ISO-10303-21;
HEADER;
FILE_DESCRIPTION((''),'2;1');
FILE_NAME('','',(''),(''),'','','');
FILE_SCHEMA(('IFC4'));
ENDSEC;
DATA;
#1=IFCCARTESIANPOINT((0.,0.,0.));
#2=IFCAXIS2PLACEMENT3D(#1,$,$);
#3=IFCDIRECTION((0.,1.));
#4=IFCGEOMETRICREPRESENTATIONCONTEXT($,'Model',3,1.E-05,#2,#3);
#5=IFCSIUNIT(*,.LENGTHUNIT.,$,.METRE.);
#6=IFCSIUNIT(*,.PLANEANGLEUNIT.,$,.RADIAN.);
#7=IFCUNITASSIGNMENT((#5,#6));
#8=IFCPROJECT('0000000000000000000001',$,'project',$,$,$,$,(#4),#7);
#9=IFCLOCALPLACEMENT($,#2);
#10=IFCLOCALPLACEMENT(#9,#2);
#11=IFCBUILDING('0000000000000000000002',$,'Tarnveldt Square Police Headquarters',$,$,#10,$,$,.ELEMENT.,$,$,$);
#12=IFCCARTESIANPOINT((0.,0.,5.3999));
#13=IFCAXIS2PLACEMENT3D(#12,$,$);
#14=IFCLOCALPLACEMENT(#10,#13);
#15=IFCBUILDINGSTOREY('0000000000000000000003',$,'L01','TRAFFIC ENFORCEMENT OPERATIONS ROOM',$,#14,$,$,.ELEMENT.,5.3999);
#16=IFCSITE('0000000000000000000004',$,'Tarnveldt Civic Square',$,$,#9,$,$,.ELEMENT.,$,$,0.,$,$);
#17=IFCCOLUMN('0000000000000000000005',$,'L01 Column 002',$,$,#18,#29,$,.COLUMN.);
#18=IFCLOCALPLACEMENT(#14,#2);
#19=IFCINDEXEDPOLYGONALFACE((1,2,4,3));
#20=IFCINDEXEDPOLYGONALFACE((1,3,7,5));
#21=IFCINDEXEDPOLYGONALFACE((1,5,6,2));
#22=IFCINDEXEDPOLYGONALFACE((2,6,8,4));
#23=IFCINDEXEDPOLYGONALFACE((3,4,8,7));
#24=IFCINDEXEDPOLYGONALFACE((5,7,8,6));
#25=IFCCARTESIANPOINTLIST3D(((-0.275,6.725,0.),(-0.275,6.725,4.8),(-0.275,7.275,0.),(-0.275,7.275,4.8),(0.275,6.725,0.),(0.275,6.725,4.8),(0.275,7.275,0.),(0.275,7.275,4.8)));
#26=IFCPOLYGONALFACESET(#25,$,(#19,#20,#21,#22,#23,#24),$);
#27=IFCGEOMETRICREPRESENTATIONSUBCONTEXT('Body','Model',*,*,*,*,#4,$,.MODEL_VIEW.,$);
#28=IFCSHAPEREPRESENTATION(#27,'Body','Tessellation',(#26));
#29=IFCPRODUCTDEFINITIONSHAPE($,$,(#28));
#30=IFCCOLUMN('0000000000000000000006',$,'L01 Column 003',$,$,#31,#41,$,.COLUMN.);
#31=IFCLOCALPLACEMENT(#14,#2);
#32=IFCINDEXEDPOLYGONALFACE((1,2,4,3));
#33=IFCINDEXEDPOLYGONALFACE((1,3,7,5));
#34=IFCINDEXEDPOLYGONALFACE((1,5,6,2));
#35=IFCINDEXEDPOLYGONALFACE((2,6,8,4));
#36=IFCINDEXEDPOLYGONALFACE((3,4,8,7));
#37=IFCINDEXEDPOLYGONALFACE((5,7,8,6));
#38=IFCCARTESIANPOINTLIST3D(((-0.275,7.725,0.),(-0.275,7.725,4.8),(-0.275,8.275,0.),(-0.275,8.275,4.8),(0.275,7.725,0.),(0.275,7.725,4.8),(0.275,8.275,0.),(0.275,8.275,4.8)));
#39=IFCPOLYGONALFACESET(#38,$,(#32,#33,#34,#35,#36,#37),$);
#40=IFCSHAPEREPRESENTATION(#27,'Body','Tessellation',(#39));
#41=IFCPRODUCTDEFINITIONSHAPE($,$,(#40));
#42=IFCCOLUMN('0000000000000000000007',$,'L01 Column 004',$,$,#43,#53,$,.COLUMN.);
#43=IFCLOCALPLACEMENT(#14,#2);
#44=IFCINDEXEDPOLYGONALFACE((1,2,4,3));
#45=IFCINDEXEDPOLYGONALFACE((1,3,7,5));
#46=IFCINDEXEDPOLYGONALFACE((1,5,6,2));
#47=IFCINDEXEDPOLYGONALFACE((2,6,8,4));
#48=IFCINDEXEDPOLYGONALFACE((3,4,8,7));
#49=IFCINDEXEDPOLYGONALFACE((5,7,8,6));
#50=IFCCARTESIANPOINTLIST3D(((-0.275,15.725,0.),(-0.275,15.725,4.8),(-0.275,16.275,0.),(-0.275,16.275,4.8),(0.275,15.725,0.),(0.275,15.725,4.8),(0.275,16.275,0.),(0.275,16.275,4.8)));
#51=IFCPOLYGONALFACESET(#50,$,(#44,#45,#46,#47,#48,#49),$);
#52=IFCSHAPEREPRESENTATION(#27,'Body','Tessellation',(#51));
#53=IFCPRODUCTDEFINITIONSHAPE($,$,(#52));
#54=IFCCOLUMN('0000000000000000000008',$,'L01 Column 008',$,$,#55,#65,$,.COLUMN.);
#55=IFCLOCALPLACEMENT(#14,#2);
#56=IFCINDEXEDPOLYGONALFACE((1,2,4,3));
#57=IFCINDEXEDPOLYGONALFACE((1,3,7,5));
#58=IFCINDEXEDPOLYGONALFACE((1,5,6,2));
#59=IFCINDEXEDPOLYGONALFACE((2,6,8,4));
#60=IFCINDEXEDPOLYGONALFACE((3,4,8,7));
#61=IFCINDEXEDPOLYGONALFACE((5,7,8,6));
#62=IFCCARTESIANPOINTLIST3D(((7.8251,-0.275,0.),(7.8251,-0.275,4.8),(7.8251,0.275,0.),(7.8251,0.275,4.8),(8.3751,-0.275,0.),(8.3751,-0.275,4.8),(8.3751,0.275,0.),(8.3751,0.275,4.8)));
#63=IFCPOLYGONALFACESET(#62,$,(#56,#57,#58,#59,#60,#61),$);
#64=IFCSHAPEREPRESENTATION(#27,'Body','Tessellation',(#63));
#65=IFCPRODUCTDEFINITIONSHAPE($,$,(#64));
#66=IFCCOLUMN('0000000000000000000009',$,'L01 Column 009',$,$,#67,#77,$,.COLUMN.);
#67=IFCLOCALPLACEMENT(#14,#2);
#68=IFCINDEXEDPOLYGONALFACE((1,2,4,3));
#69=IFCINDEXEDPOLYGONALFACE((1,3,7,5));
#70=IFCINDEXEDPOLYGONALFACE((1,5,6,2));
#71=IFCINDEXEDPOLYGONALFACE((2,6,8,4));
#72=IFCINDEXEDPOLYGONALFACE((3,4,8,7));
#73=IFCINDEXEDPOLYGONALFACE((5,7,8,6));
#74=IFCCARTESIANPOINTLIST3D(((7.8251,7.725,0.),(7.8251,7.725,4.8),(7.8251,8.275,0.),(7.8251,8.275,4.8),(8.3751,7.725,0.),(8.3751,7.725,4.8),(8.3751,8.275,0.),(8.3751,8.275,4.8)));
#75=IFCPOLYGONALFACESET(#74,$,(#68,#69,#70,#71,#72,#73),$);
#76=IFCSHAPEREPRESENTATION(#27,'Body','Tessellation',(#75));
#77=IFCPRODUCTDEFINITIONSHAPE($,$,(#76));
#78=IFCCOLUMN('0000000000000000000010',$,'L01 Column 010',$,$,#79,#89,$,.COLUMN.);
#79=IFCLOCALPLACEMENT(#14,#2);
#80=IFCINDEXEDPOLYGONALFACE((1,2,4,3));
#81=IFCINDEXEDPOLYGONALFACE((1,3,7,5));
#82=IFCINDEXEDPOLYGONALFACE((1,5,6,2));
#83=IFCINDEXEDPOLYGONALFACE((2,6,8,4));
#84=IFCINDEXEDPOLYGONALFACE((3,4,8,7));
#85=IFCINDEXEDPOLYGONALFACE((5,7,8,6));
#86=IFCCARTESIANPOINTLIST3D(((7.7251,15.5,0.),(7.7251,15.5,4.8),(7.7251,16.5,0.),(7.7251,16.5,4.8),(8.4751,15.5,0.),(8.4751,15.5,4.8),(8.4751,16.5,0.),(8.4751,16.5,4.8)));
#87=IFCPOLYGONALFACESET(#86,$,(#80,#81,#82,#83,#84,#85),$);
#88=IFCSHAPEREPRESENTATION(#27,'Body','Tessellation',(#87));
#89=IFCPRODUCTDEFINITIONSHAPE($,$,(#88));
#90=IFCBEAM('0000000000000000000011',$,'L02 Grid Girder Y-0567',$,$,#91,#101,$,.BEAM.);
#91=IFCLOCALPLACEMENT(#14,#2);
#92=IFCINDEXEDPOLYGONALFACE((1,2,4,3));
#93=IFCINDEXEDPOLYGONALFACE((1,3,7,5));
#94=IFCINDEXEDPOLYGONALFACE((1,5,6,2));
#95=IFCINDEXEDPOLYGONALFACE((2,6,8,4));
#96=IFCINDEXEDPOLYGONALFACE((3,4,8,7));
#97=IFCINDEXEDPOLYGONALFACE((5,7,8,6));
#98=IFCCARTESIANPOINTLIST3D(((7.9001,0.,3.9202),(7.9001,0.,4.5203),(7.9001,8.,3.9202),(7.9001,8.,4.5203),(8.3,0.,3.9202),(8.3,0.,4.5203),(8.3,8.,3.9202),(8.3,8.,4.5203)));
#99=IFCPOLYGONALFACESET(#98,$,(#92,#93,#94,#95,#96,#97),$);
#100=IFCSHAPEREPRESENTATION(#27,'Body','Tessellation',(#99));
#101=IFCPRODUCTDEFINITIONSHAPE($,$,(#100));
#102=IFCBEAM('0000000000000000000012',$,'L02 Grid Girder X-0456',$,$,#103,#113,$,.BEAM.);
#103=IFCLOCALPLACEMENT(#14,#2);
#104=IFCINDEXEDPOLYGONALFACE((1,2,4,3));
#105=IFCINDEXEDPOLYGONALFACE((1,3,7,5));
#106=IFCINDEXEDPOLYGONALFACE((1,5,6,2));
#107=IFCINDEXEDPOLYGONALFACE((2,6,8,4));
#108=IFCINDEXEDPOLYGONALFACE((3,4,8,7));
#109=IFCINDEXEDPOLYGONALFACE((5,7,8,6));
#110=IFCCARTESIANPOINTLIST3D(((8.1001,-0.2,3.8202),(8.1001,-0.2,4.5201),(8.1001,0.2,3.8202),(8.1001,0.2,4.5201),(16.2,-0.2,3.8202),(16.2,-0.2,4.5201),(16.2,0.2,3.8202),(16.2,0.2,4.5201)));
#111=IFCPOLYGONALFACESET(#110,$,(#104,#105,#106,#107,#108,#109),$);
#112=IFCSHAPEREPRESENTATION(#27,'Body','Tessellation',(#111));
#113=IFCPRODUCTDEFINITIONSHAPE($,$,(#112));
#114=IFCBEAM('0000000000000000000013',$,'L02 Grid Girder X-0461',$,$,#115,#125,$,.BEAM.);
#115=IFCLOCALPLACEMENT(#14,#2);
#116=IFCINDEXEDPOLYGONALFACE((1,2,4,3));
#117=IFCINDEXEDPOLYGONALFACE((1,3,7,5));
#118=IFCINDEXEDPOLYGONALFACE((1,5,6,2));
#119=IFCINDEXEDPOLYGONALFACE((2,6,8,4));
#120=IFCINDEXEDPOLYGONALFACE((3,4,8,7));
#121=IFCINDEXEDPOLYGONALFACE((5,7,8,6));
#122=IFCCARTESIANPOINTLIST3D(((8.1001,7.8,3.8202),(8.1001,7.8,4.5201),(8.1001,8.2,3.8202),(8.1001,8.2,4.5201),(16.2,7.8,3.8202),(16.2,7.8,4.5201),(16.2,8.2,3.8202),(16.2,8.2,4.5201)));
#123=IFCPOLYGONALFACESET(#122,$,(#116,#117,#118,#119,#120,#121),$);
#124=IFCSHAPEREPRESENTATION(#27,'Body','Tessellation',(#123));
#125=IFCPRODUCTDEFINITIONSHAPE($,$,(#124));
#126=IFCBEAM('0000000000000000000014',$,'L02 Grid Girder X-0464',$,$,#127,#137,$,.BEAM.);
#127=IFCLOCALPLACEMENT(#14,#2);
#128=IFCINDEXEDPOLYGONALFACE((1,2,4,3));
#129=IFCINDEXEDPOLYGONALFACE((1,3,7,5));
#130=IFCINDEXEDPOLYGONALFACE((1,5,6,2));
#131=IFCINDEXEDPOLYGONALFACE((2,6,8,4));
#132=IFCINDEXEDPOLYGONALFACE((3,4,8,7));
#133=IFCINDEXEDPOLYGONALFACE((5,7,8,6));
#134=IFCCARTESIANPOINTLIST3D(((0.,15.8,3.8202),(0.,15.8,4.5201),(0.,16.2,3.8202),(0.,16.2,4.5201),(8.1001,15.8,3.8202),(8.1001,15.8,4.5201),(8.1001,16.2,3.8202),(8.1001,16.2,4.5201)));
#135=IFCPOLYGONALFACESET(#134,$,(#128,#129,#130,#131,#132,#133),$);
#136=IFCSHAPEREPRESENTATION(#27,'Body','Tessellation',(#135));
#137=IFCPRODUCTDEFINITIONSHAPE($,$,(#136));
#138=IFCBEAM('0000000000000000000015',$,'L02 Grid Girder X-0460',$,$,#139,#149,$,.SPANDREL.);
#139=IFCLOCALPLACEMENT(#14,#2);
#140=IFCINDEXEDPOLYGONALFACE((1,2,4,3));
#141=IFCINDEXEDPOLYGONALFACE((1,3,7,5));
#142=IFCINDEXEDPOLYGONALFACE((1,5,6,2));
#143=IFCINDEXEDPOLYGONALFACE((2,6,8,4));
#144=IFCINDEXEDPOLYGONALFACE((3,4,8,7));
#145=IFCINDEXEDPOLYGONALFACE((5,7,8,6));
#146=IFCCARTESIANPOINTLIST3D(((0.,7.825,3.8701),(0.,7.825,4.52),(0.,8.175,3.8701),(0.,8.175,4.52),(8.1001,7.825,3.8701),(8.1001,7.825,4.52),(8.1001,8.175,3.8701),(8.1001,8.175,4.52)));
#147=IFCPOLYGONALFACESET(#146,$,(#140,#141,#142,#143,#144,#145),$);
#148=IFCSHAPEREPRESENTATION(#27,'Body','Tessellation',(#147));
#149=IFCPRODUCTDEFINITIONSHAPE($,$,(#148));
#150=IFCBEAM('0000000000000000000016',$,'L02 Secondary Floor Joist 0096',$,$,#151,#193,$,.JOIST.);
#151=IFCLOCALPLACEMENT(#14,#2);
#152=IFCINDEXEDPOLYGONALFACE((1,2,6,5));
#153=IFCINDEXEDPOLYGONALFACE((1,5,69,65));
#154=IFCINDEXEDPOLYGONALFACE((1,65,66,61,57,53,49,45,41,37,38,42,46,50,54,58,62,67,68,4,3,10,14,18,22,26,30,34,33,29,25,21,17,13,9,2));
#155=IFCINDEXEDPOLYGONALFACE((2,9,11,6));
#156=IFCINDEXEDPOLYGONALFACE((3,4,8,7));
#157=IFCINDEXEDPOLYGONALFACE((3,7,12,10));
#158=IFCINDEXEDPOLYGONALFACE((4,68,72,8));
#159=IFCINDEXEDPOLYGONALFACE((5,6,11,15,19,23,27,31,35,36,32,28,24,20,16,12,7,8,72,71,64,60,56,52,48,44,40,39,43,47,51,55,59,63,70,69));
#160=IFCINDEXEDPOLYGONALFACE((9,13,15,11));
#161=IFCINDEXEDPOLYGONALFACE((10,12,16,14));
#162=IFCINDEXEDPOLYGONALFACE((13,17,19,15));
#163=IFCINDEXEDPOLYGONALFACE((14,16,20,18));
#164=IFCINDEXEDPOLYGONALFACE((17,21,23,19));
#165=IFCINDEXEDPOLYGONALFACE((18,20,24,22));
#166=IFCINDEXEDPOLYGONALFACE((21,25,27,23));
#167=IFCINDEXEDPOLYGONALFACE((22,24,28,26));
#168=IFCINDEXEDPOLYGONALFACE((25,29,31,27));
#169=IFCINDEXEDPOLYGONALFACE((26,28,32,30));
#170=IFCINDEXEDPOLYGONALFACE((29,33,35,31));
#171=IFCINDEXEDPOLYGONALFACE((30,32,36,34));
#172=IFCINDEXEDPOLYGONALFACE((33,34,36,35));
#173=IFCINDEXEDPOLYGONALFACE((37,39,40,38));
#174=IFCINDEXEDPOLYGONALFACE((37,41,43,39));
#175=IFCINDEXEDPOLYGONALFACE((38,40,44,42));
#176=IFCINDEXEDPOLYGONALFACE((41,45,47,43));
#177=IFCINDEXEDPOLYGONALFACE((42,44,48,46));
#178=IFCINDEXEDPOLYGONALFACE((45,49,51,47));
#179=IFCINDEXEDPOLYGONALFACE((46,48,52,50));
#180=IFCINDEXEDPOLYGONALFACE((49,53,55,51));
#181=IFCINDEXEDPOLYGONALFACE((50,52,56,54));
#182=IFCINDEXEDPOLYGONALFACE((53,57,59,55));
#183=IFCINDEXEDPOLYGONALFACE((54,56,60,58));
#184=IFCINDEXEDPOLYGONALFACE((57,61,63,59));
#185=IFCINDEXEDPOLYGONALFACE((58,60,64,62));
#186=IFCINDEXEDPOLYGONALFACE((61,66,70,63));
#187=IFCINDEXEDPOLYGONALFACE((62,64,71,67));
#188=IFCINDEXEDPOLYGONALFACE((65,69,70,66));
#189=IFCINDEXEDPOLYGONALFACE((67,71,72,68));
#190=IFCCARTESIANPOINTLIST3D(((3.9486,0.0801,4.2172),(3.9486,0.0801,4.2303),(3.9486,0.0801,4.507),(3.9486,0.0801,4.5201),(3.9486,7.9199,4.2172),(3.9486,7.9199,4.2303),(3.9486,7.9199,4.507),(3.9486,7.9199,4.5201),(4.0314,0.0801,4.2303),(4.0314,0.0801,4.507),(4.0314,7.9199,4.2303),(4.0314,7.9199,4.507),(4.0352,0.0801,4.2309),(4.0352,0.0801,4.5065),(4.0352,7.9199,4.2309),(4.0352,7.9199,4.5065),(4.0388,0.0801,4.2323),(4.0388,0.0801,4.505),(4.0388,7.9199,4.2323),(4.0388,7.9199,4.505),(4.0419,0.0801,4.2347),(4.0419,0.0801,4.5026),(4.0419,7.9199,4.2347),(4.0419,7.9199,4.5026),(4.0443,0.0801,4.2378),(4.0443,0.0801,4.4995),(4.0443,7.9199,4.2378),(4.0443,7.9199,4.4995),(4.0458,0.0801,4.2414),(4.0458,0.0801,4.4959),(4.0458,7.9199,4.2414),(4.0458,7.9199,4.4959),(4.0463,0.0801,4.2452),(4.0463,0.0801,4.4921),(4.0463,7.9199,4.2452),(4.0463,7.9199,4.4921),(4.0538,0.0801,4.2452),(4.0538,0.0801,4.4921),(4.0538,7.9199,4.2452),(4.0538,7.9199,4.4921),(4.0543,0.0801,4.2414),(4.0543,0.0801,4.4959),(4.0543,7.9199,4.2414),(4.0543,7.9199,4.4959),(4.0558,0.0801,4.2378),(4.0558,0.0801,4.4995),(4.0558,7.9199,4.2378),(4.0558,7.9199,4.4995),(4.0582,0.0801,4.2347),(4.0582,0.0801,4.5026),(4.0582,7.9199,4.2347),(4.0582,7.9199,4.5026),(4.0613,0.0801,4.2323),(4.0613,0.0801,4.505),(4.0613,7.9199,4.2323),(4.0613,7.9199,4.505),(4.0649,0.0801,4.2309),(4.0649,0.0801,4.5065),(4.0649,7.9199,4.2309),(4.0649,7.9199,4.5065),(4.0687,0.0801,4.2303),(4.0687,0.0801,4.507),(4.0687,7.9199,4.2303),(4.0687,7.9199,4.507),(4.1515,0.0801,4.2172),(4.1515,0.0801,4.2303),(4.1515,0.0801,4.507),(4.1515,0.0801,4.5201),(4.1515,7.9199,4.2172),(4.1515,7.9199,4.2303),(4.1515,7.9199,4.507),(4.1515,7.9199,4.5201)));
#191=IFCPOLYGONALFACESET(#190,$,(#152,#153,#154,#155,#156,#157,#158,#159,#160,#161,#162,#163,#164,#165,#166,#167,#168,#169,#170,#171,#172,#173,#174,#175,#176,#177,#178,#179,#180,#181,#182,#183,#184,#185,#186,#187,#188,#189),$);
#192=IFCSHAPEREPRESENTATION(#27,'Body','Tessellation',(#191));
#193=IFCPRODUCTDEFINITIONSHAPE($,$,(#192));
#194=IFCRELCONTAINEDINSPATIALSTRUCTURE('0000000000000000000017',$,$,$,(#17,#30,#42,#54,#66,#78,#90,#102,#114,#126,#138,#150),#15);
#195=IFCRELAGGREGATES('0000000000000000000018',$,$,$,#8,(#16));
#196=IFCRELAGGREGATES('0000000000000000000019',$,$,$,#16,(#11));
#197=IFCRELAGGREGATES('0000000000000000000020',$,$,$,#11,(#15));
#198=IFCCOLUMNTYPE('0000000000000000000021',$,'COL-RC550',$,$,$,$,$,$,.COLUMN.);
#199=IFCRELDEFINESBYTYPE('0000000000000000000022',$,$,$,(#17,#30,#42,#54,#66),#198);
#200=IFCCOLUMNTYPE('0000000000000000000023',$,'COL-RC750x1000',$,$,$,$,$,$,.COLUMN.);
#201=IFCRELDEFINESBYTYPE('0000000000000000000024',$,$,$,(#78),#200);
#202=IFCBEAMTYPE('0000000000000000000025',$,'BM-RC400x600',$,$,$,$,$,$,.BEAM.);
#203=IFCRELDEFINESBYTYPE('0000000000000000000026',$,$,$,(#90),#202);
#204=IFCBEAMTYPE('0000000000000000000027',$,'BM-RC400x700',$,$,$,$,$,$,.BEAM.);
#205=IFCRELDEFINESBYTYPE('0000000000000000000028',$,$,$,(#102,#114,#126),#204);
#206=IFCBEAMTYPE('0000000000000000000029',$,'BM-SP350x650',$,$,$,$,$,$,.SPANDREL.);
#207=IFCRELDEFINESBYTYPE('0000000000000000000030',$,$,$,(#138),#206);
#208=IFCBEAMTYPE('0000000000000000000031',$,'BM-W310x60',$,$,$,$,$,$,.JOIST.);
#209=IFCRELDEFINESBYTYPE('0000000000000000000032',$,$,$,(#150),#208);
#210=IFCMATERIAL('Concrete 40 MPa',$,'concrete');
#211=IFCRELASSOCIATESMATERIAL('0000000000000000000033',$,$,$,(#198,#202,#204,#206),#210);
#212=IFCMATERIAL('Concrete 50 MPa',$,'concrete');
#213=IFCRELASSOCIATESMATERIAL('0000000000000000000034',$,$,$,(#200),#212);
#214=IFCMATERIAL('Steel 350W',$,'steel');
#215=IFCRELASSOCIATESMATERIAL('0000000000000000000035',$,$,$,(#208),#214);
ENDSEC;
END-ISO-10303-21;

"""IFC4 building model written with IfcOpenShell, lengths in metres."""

from ifc_helpers import new_model, si_unit, direction, frame, origin, origin_2d, place, context, subcontext, project, spatial, rectangle, i_section, extrude, material, material_profile, profile_set, type_object, element, save


model = new_model("IFC4")

# Units and contexts
model_context = context("Model", 3, precision=1e-05, world=origin(), true_north=direction((0.0, 1.0)))
body_context = subcontext(model_context, "Body", "Model", "MODEL_VIEW")
ifc_project = project(units=[si_unit("LENGTHUNIT", "METRE"), si_unit("PLANEANGLEUNIT", "RADIAN")], contexts=[model_context])

# Site, building, storey
site_placement = place(None, origin())
site = spatial("IfcSite", under=ifc_project, at=site_placement, Name="Tarnveldt Civic Square", CompositionType="ELEMENT", RefElevation=0.0)
building_placement = place(site_placement, origin())
building = spatial("IfcBuilding", under=site, at=building_placement, Name="Tarnveldt Square Police Headquarters", CompositionType="ELEMENT")
storey_placement = place(building_placement, frame((0.0, 0.0, 5.3999)))
storey = spatial("IfcBuildingStorey", under=building, at=storey_placement, Name="L01", Description="TRAFFIC ENFORCEMENT OPERATIONS ROOM", CompositionType="ELEMENT", Elevation=5.3999)

# Columns
ifc_material_1 = material(Name="Concrete 40 MPa", Category="concrete")
ifc_material_profile_1 = material_profile(ifc_material_1, rectangle(XDim=0.55, YDim=0.55, at=origin_2d()), Name="RC-C550x550")
ifc_profile_set_1 = profile_set([ifc_material_profile_1], Name="Concrete 40 MPa")
column_type_1 = type_object("IfcColumnType", Name="COL-RC550", PredefinedType="COLUMN", material=ifc_profile_set_1)
for number, where, z_axis, x_axis, name in (
    (1, (0.0, 7.0, 0.0), (0.0, 0.0, 1.0), (1.0, 0.0, 0.0), "L01 Column 002"),
    (2, (0.0, 8.0, 0.0), (0.0, 0.0, 1.0), (1.0, 0.0, 0.0), "L01 Column 003"),
    (3, (0.0, 16.0, 0.0), (0.0, 0.0, 1.0), (1.0, 0.0, 0.0), "L01 Column 004"),
    (4, (8.1001, 0.0, 0.0), (0.0, 0.0, 1.0), (1.0, 0.0, 0.0), "L01 Column 008"),
    (5, (8.1001, 8.0, 0.0), (0.0, 0.0, 1.0), (1.0, 0.0, 0.0), "L01 Column 009"),
):
    element("IfcColumn", number, at=place(storey_placement, frame(where, z_axis=z_axis, x_axis=x_axis)), inside=storey, type_object=column_type_1, Name=name, PredefinedType="COLUMN", context=body_context, shape_type="SweptSolid", body=[
        extrude(rectangle(XDim=0.55, YDim=0.55, at=origin_2d()), origin(), (0.0, 0.0, 1.0), 4.8),
    ])
ifc_material_2 = material(Name="Concrete 50 MPa", Category="concrete")
ifc_material_profile_2 = material_profile(ifc_material_2, rectangle(XDim=0.75, YDim=1.0, at=origin_2d()), Name="RC-C750x1000")
ifc_profile_set_2 = profile_set([ifc_material_profile_2], Name="Concrete 50 MPa")
column_type_2 = type_object("IfcColumnType", Name="COL-RC750x1000", PredefinedType="COLUMN", material=ifc_profile_set_2)
column_placement = place(storey_placement, frame((8.1001, 16.0, 0.0), z_axis=(0.0, 0.0, 1.0), x_axis=(1.0, 0.0, 0.0)))
element("IfcColumn", 6, at=column_placement, inside=storey, type_object=column_type_2, Name="L01 Column 010", PredefinedType="COLUMN", context=body_context, shape_type="SweptSolid", body=[
    extrude(rectangle(XDim=0.75, YDim=1.0, at=origin_2d()), origin(), (0.0, 0.0, 1.0), 4.8),
])

# Beams
ifc_material_profile_3 = material_profile(ifc_material_1, rectangle(XDim=0.3999, YDim=0.6001, at=origin_2d()), Name="RC-B400x600")
ifc_profile_set_3 = profile_set([ifc_material_profile_3], Name="Concrete 40 MPa")
beam_type_1 = type_object("IfcBeamType", Name="BM-RC400x600", PredefinedType="BEAM", material=ifc_profile_set_3)
beam_1_placement = place(storey_placement, frame((8.1001, 0.0, 4.2202), z_axis=(0.0, 1.0, 0.0), x_axis=(-1.0, 0.0, 0.0)))
element("IfcBeam", 7, at=beam_1_placement, inside=storey, type_object=beam_type_1, Name="L02 Grid Girder Y-0567", PredefinedType="BEAM", context=body_context, shape_type="SweptSolid", body=[
    extrude(rectangle(XDim=0.3999, YDim=0.6001, at=origin_2d()), origin(), (0.0, 0.0, 1.0), 8.0),
])
ifc_material_profile_4 = material_profile(ifc_material_1, rectangle(XDim=0.3999, YDim=0.7, at=origin_2d()), Name="RC-B400x700")
ifc_profile_set_4 = profile_set([ifc_material_profile_4], Name="Concrete 40 MPa")
beam_type_2 = type_object("IfcBeamType", Name="BM-RC400x700", PredefinedType="BEAM", material=ifc_profile_set_4)
for number, where, z_axis, x_axis, name in (
    (8, (8.1001, 0.0, 4.1702), (1.0, 0.0, 0.0), (0.0, 1.0, 0.0), "L02 Grid Girder X-0456"),
    (9, (8.1001, 8.0, 4.1702), (1.0, 0.0, 0.0), (0.0, 1.0, 0.0), "L02 Grid Girder X-0461"),
):
    element("IfcBeam", number, at=place(storey_placement, frame(where, z_axis=z_axis, x_axis=x_axis)), inside=storey, type_object=beam_type_2, Name=name, PredefinedType="BEAM", context=body_context, shape_type="SweptSolid", body=[
        extrude(rectangle(XDim=0.3999, YDim=0.7, at=origin_2d()), origin(), (0.0, 0.0, 1.0), 8.0999),
    ])
beam_2_placement = place(storey_placement, frame((0.0, 16.0, 4.1702), z_axis=(1.0, 0.0, 0.0), x_axis=(0.0, 1.0, 0.0)))
element("IfcBeam", 10, at=beam_2_placement, inside=storey, type_object=beam_type_2, Name="L02 Grid Girder X-0464", PredefinedType="BEAM", context=body_context, shape_type="SweptSolid", body=[
    extrude(rectangle(XDim=0.3999, YDim=0.7, at=origin_2d()), origin(), (0.0, 0.0, 1.0), 8.1001),
])
ifc_material_profile_5 = material_profile(ifc_material_1, rectangle(XDim=0.3501, YDim=0.6499, at=origin_2d()), Name="RC-SP350x650")
ifc_profile_set_5 = profile_set([ifc_material_profile_5], Name="Concrete 40 MPa")
beam_type_3 = type_object("IfcBeamType", Name="BM-SP350x650", PredefinedType="SPANDREL", material=ifc_profile_set_5)
beam_3_placement = place(storey_placement, frame((0.0, 8.0, 4.1951), z_axis=(1.0, 0.0, 0.0), x_axis=(0.0, 1.0, 0.0)))
element("IfcBeam", 11, at=beam_3_placement, inside=storey, type_object=beam_type_3, Name="L02 Grid Girder X-0460", PredefinedType="SPANDREL", context=body_context, shape_type="SweptSolid", body=[
    extrude(rectangle(XDim=0.3501, YDim=0.6499, at=origin_2d()), origin(), (0.0, 0.0, 1.0), 8.1001),
])
ifc_material_3 = material(Name="Steel 350W", Category="steel")
ifc_material_profile_6 = material_profile(ifc_material_3, i_section(OverallWidth=0.2029, OverallDepth=0.303, WebThickness=0.0076, FlangeThickness=0.0132, FilletRadius=0.0149, at=origin_2d()), Name="W310x60")
ifc_profile_set_6 = profile_set([ifc_material_profile_6], Name="Steel 350W")
beam_type_4 = type_object("IfcBeamType", Name="BM-W310x60", PredefinedType="JOIST", material=ifc_profile_set_6)
beam_4_placement = place(storey_placement, frame((4.05, 0.0801, 4.3687), z_axis=(0.0, 1.0, 0.0), x_axis=(-1.0, 0.0, 0.0)))
element("IfcBeam", 12, at=beam_4_placement, inside=storey, type_object=beam_type_4, Name="L02 Secondary Floor Joist 0096", PredefinedType="JOIST", context=body_context, shape_type="SweptSolid", body=[
    extrude(i_section(OverallWidth=0.2029, OverallDepth=0.303, WebThickness=0.0076, FlangeThickness=0.0132, FilletRadius=0.0149, at=origin_2d()), origin(), (0.0, 0.0, 1.0), 7.8398),
])

save(model, "model.ifc")
